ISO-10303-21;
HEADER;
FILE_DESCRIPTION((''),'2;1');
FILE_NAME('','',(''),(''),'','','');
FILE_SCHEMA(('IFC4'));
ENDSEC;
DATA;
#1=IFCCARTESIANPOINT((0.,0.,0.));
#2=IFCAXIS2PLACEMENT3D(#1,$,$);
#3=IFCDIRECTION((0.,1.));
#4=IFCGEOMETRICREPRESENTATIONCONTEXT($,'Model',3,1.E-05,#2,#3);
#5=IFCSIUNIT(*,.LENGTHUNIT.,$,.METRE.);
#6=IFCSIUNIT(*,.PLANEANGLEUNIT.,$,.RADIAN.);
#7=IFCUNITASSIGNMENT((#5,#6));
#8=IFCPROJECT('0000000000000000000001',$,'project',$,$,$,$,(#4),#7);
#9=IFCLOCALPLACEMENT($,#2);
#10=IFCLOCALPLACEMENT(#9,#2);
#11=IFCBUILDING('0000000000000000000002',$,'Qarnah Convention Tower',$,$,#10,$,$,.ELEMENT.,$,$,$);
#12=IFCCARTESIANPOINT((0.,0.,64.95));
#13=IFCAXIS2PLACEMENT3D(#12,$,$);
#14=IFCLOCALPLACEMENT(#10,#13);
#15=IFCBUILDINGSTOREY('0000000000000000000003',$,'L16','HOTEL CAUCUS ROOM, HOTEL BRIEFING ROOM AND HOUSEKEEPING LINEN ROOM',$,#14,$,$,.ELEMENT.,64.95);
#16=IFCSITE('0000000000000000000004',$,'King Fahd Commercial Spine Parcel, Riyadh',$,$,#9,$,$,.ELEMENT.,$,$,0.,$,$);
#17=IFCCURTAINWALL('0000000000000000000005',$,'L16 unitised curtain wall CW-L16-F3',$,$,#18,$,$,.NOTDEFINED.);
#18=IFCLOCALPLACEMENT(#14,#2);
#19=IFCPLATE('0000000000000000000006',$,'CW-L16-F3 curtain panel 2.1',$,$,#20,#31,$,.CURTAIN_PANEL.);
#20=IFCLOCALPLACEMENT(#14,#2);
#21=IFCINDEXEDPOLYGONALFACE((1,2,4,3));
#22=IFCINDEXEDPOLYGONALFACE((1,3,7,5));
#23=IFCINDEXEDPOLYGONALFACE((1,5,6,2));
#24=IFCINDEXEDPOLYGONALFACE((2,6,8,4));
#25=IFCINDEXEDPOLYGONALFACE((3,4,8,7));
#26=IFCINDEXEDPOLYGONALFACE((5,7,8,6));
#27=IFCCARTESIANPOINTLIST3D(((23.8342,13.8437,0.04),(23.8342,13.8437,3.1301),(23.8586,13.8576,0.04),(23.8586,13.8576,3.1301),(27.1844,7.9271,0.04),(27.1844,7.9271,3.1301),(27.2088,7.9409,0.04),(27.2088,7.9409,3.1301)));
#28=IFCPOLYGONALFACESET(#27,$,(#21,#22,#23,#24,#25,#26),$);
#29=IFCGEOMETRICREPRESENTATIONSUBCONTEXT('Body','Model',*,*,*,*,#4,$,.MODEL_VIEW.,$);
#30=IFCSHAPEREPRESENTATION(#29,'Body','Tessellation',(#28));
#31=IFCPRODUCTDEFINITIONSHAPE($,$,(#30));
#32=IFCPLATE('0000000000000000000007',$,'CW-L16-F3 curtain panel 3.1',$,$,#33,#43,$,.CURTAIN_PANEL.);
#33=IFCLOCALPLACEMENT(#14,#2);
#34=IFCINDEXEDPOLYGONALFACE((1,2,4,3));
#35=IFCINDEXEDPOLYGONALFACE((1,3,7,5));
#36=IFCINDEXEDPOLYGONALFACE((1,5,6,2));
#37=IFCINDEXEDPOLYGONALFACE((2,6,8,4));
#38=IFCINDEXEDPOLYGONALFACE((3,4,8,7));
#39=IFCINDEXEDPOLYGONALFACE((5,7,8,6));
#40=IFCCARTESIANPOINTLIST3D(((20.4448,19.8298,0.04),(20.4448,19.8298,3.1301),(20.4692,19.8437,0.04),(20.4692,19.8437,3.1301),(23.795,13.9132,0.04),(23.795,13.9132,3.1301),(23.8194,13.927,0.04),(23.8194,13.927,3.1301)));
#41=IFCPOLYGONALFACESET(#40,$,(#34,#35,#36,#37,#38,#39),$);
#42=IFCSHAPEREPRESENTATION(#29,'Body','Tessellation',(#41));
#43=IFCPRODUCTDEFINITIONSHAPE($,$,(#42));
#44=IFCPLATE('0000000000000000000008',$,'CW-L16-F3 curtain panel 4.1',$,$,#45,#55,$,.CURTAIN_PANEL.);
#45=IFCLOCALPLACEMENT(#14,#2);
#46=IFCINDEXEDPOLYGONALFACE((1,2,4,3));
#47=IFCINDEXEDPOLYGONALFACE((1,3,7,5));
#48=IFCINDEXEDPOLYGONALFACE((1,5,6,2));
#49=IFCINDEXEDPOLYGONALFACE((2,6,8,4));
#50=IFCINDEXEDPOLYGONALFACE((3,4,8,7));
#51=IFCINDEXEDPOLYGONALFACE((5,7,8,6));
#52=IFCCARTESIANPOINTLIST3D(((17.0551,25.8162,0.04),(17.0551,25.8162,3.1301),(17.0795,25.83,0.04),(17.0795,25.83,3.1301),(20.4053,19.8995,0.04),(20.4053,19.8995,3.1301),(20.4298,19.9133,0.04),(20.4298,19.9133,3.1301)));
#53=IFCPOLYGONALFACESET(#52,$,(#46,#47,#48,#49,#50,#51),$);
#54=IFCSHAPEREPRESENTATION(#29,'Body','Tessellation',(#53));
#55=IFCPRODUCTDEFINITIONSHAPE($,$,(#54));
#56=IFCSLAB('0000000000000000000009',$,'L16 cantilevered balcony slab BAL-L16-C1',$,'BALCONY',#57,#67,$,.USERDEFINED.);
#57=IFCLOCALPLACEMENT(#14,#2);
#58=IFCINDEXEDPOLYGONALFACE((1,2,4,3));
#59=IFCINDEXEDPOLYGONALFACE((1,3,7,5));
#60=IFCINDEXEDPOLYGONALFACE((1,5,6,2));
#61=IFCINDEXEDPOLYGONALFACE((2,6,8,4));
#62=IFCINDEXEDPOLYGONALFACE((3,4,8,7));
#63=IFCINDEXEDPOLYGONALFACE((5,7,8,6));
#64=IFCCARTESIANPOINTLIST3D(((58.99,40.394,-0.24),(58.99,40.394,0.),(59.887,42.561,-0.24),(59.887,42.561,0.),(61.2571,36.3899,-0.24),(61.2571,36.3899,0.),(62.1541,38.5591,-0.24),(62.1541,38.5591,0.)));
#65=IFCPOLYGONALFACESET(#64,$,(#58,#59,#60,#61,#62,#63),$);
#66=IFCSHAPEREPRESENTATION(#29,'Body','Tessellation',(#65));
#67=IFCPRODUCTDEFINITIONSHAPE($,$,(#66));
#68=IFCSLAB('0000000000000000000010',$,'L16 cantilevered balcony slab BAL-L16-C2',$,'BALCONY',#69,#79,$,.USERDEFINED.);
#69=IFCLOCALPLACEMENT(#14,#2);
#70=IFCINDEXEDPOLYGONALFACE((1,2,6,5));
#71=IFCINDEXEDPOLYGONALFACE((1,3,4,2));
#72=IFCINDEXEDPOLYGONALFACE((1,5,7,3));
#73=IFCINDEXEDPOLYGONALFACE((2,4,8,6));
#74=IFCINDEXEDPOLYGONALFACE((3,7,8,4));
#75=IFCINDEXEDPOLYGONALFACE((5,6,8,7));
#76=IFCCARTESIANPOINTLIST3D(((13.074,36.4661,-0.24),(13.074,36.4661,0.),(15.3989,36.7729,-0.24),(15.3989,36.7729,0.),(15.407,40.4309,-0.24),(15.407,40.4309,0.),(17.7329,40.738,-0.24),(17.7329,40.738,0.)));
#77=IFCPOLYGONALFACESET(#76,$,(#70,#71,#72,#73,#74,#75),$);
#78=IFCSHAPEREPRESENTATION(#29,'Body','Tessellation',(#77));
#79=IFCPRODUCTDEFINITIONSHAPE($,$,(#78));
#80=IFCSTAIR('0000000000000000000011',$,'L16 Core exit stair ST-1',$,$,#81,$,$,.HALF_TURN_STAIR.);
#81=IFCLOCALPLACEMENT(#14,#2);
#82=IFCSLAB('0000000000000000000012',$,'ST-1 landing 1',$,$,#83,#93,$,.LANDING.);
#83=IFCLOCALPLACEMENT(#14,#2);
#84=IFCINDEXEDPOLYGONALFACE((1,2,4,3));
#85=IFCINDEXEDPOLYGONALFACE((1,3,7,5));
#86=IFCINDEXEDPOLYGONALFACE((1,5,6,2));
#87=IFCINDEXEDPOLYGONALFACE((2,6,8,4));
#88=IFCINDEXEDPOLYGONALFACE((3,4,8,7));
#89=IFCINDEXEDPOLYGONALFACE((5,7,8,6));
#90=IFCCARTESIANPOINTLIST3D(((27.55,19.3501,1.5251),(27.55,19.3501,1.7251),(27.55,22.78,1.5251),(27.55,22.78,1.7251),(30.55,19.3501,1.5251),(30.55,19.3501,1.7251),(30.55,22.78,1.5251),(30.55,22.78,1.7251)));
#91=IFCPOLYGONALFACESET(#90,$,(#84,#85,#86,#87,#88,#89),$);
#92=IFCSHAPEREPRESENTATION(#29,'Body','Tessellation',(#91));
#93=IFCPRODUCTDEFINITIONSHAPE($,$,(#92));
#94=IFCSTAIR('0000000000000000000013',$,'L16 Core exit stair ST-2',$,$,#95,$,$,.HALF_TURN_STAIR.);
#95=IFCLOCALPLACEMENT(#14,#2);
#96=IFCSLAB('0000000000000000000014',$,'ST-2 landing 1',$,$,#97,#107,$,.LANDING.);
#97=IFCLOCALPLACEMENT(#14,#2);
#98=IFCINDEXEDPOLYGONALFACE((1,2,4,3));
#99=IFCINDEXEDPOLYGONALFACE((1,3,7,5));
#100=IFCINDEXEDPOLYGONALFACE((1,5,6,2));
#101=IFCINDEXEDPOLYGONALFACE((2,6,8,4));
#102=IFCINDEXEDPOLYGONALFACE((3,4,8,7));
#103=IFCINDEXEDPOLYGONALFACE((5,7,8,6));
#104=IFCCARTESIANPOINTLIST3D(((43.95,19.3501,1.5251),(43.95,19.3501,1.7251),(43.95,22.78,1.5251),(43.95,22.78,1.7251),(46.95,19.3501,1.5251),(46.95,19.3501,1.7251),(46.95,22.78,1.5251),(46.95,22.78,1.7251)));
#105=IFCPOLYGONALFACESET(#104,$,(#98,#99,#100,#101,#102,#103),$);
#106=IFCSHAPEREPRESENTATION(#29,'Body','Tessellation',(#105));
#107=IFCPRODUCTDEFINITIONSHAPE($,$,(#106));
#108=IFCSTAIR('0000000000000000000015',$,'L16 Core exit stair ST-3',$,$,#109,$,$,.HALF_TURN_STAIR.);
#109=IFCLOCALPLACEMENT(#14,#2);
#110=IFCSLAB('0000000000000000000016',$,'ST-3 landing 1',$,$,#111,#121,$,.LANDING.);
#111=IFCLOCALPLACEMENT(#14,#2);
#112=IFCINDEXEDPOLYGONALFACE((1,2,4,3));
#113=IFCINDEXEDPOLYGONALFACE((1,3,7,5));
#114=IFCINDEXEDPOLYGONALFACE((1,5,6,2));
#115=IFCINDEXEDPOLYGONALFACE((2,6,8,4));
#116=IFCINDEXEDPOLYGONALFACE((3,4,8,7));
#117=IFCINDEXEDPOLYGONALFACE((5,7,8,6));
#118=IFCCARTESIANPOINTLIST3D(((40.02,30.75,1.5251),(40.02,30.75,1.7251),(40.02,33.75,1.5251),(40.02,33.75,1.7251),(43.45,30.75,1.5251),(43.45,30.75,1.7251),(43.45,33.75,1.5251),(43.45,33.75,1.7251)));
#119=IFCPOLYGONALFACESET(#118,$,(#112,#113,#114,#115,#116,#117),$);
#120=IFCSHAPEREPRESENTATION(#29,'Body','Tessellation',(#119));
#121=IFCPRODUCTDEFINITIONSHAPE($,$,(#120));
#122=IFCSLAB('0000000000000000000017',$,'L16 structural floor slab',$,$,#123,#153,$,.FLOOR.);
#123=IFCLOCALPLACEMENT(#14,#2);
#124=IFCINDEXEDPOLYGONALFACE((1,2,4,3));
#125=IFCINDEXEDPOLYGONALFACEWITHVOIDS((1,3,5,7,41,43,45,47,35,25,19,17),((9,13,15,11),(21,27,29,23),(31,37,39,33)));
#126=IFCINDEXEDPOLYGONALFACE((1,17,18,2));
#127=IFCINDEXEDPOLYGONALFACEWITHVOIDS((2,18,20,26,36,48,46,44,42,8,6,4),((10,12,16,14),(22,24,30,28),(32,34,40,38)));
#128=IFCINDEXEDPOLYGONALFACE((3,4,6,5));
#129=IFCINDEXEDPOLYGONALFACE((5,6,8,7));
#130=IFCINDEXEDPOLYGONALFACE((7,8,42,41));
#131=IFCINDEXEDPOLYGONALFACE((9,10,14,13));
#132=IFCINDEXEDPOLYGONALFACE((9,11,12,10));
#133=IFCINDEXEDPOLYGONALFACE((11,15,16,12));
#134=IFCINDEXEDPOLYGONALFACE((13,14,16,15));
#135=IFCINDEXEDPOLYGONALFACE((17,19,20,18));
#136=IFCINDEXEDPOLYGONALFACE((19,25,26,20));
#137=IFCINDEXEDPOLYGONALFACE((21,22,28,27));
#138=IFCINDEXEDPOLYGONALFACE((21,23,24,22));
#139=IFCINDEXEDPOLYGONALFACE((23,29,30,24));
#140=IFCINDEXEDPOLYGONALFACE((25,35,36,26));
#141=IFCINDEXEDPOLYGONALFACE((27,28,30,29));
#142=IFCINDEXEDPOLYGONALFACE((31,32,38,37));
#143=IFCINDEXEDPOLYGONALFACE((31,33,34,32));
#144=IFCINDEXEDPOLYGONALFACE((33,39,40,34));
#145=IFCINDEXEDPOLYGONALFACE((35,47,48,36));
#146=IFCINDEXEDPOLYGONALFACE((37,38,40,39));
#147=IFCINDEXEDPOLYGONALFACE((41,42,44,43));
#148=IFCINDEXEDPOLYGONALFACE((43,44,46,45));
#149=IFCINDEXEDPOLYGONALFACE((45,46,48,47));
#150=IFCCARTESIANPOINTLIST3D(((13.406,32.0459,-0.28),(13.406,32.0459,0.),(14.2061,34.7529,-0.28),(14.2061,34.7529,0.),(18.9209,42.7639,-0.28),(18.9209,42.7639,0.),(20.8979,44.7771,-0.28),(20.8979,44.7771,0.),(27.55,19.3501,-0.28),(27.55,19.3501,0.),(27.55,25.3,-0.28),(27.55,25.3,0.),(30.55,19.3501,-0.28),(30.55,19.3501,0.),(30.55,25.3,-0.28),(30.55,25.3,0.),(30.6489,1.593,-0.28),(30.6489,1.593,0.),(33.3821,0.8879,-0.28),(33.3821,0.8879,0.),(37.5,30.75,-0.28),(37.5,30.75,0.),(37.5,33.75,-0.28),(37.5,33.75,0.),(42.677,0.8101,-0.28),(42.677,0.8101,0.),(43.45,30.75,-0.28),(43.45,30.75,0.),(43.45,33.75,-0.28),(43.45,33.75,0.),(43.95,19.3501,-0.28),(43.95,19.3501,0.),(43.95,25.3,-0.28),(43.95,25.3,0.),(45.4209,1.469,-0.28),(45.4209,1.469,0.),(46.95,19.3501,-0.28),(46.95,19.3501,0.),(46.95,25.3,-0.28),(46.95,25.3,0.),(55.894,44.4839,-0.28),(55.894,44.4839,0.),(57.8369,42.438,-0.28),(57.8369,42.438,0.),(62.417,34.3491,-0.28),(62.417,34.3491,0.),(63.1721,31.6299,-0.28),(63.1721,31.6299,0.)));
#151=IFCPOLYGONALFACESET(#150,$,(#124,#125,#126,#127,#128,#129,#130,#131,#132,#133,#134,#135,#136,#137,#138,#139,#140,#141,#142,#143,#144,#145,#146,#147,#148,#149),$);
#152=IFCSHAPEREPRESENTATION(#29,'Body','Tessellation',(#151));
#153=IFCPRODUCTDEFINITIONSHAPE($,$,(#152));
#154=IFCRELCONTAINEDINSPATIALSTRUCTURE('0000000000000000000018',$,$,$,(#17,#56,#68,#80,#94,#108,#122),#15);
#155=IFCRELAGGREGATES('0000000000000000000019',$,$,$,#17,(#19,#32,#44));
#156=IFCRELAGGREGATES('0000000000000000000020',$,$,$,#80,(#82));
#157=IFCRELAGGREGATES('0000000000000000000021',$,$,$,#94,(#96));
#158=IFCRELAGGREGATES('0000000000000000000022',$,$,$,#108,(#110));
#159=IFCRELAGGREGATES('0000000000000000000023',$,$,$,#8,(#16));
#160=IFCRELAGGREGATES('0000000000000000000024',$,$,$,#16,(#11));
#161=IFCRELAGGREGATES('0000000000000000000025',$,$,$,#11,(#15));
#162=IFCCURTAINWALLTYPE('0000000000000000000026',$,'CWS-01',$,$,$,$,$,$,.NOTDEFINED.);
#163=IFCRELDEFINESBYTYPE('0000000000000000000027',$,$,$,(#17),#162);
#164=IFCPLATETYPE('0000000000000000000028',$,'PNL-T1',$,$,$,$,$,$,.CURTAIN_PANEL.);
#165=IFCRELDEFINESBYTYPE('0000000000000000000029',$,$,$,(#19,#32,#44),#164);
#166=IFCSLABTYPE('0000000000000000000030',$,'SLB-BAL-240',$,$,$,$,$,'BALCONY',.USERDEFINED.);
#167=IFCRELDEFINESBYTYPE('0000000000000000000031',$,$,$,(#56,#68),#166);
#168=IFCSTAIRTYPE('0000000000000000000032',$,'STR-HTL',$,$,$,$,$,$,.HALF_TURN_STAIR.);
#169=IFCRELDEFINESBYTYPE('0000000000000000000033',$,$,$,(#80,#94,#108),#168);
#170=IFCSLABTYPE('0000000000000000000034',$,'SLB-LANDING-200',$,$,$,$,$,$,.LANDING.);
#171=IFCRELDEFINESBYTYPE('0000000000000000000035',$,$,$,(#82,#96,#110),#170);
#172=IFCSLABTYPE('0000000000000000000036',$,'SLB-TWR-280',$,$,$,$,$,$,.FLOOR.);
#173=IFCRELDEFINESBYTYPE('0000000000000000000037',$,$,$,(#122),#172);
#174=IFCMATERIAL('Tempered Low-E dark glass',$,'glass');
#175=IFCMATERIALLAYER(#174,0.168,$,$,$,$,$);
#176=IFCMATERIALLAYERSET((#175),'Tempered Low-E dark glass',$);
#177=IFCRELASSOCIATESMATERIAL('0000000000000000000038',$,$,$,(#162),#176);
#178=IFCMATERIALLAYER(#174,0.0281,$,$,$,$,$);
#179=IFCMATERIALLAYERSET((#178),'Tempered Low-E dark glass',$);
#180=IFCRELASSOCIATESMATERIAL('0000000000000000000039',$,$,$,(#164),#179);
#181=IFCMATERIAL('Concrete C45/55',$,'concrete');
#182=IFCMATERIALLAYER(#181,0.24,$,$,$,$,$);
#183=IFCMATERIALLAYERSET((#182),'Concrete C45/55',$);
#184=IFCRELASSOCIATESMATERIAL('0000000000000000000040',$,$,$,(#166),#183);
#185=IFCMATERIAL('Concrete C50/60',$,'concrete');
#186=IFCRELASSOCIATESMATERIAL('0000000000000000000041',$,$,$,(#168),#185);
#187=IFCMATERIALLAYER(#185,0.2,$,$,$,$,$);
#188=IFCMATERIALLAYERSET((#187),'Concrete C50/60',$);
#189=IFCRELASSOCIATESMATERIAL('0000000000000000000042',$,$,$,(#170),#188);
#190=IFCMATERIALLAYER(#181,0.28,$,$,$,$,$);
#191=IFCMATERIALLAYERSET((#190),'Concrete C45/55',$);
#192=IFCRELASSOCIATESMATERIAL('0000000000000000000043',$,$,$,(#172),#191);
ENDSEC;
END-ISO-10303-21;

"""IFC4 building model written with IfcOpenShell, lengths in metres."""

from ifc_helpers import new_model, si_unit, direction, frame, origin, origin_2d, place, context, subcontext, project, spatial, polyline, rectangle, outline, extrude, material, layer, layer_set, type_object, element, aggregate, save


model = new_model("IFC4")

# Units and contexts
model_context = context("Model", 3, precision=1e-05, world=origin(), true_north=direction((0.0, 1.0)))
body_context = subcontext(model_context, "Body", "Model", "MODEL_VIEW")
ifc_project = project(units=[si_unit("LENGTHUNIT", "METRE"), si_unit("PLANEANGLEUNIT", "RADIAN")], contexts=[model_context])

# Site, building, storey
site_placement = place(None, origin())
site = spatial("IfcSite", under=ifc_project, at=site_placement, Name="King Fahd Commercial Spine Parcel, Riyadh", CompositionType="ELEMENT", RefElevation=0.0)
building_placement = place(site_placement, origin())
building = spatial("IfcBuilding", under=site, at=building_placement, Name="Qarnah Convention Tower", CompositionType="ELEMENT")
storey_placement = place(building_placement, frame((0.0, 0.0, 64.95)))
storey = spatial("IfcBuildingStorey", under=building, at=storey_placement, Name="L16", Description="HOTEL CAUCUS ROOM, HOTEL BRIEFING ROOM AND HOUSEKEEPING LINEN ROOM", CompositionType="ELEMENT", Elevation=64.95)

# Curtain wall, plates
ifc_material_1 = material(Name="Tempered Low-E dark glass", Category="glass")
ifc_layer_1 = layer(ifc_material_1, 0.168)
ifc_layer_set_1 = layer_set([ifc_layer_1], Name="Tempered Low-E dark glass")
curtain_wall_type = type_object("IfcCurtainWallType", Name="CWS-01", PredefinedType="NOTDEFINED", material=ifc_layer_set_1)
curtain_wall_placement = place(storey_placement, origin())
curtain_wall = element("IfcCurtainWall", 1, at=curtain_wall_placement, inside=storey, type_object=curtain_wall_type, Name="L16 unitised curtain wall CW-L16-F3", PredefinedType="NOTDEFINED")
ifc_layer_2 = layer(ifc_material_1, 0.0281)
ifc_layer_set_2 = layer_set([ifc_layer_2], Name="Tempered Low-E dark glass")
plate_type = type_object("IfcPlateType", Name="PNL-T1", PredefinedType="CURTAIN_PANEL", material=ifc_layer_set_2)
plate_1_placement = place(storey_placement, frame((25.5215, 10.8923, 0.04), z_axis=(0.0, 0.0, 1.0), x_axis=(-0.492729, 0.870183, 0.0)))
plate_1 = element("IfcPlate", 2, at=plate_1_placement, type_object=plate_type, Name="CW-L16-F3 curtain panel 2.1", PredefinedType="CURTAIN_PANEL", context=body_context, shape_type="SweptSolid", body=[
    extrude(rectangle(XDim=6.7993, YDim=0.0281, at=origin_2d()), origin(), (0.0, 0.0, 1.0), 3.0901),
])
plate_2_placement = place(storey_placement, frame((22.1321, 16.8784, 0.04), z_axis=(0.0, 0.0, 1.0), x_axis=(-0.492729, 0.870183, 0.0)))
plate_2 = element("IfcPlate", 3, at=plate_2_placement, type_object=plate_type, Name="CW-L16-F3 curtain panel 3.1", PredefinedType="CURTAIN_PANEL", context=body_context, shape_type="SweptSolid", body=[
    extrude(rectangle(XDim=6.7993, YDim=0.0281, at=origin_2d()), origin(), (0.0, 0.0, 1.0), 3.0901),
])
plate_3_placement = place(storey_placement, frame((18.7424, 22.8647, 0.04), z_axis=(0.0, 0.0, 1.0), x_axis=(-0.492729, 0.870183, 0.0)))
plate_3 = element("IfcPlate", 4, at=plate_3_placement, type_object=plate_type, Name="CW-L16-F3 curtain panel 4.1", PredefinedType="CURTAIN_PANEL", context=body_context, shape_type="SweptSolid", body=[
    extrude(rectangle(XDim=6.7993, YDim=0.0281, at=origin_2d()), origin(), (0.0, 0.0, 1.0), 3.0901),
])
aggregate(curtain_wall, [plate_1, plate_2, plate_3])

# Slabs
ifc_material_2 = material(Name="Concrete C45/55", Category="concrete")
ifc_layer_3 = layer(ifc_material_2, 0.24)
ifc_layer_set_3 = layer_set([ifc_layer_3], Name="Concrete C45/55")
slab_type_1 = type_object("IfcSlabType", Name="SLB-BAL-240", ElementType="BALCONY", PredefinedType="USERDEFINED", material=ifc_layer_set_3)
slab_1_placement = place(storey_placement, frame((0.0, 0.0, -0.24)))
element("IfcSlab", 5, at=slab_1_placement, inside=storey, type_object=slab_type_1, Name="L16 cantilevered balcony slab BAL-L16-C1", ObjectType="BALCONY", PredefinedType="USERDEFINED", context=body_context, shape_type="SweptSolid", body=[
    extrude(outline(polyline([(59.887, 42.561), (62.1541, 38.5591), (61.2571, 36.3899), (58.99, 40.394), (59.887, 42.561)])), origin(), (0.0, 0.0, 1.0), 0.24),
])
slab_2_placement = place(storey_placement, frame((0.0, 0.0, -0.24)))
element("IfcSlab", 6, at=slab_2_placement, inside=storey, type_object=slab_type_1, Name="L16 cantilevered balcony slab BAL-L16-C2", ObjectType="BALCONY", PredefinedType="USERDEFINED", context=body_context, shape_type="SweptSolid", body=[
    extrude(outline(polyline([(13.074, 36.4661), (15.407, 40.4309), (17.7329, 40.738), (15.3989, 36.7729), (13.074, 36.4661)])), origin(), (0.0, 0.0, 1.0), 0.24),
])

# Stairs, slabs
ifc_material_3 = material(Name="Concrete C50/60", Category="concrete")
stair_type = type_object("IfcStairType", Name="STR-HTL", PredefinedType="HALF_TURN_STAIR", material=ifc_material_3)
stair_1_placement = place(storey_placement, origin())
stair_1 = element("IfcStair", 7, at=stair_1_placement, inside=storey, type_object=stair_type, Name="L16 Core exit stair ST-1", PredefinedType="HALF_TURN_STAIR")
ifc_layer_4 = layer(ifc_material_3, 0.2)
ifc_layer_set_4 = layer_set([ifc_layer_4], Name="Concrete C50/60")
slab_type_2 = type_object("IfcSlabType", Name="SLB-LANDING-200", PredefinedType="LANDING", material=ifc_layer_set_4)
slab_3_placement = place(storey_placement, frame((0.0, 0.0, 1.5251)))
slab_3 = element("IfcSlab", 8, at=slab_3_placement, type_object=slab_type_2, Name="ST-1 landing 1", PredefinedType="LANDING", context=body_context, shape_type="SweptSolid", body=[
    extrude(outline(polyline([(27.55, 22.78), (27.55, 19.3501), (30.55, 19.3501), (30.55, 22.78), (27.55, 22.78)])), origin(), (0.0, 0.0, 1.0), 0.2),
])
aggregate(stair_1, [slab_3])
stair_2_placement = place(storey_placement, origin())
stair_2 = element("IfcStair", 9, at=stair_2_placement, inside=storey, type_object=stair_type, Name="L16 Core exit stair ST-2", PredefinedType="HALF_TURN_STAIR")
slab_4_placement = place(storey_placement, frame((0.0, 0.0, 1.5251)))
slab_4 = element("IfcSlab", 10, at=slab_4_placement, type_object=slab_type_2, Name="ST-2 landing 1", PredefinedType="LANDING", context=body_context, shape_type="SweptSolid", body=[
    extrude(outline(polyline([(43.95, 22.78), (43.95, 19.3501), (46.95, 19.3501), (46.95, 22.78), (43.95, 22.78)])), origin(), (0.0, 0.0, 1.0), 0.2),
])
aggregate(stair_2, [slab_4])
stair_3_placement = place(storey_placement, origin())
stair_3 = element("IfcStair", 11, at=stair_3_placement, inside=storey, type_object=stair_type, Name="L16 Core exit stair ST-3", PredefinedType="HALF_TURN_STAIR")
slab_5_placement = place(storey_placement, frame((0.0, 0.0, 1.5251)))
slab_5 = element("IfcSlab", 12, at=slab_5_placement, type_object=slab_type_2, Name="ST-3 landing 1", PredefinedType="LANDING", context=body_context, shape_type="SweptSolid", body=[
    extrude(outline(polyline([(40.02, 30.75), (43.45, 30.75), (43.45, 33.75), (40.02, 33.75), (40.02, 30.75)])), origin(), (0.0, 0.0, 1.0), 0.2),
])
aggregate(stair_3, [slab_5])

# Slab
ifc_layer_5 = layer(ifc_material_2, 0.28)
ifc_layer_set_5 = layer_set([ifc_layer_5], Name="Concrete C45/55")
slab_type_3 = type_object("IfcSlabType", Name="SLB-TWR-280", PredefinedType="FLOOR", material=ifc_layer_set_5)
slab_6_placement = place(storey_placement, frame((0.0, 0.0, -0.28)))
element("IfcSlab", 13, at=slab_6_placement, inside=storey, type_object=slab_type_3, Name="L16 structural floor slab", PredefinedType="FLOOR", context=body_context, shape_type="SweptSolid", body=[
    extrude(outline(polyline([(55.894, 44.4839), (20.8979, 44.7771), (18.9209, 42.7639), (14.2061, 34.7529), (13.406, 32.0459), (30.6489, 1.593), (33.3821, 0.8879), (42.677, 0.8101), (45.4209, 1.469), (63.1721, 31.6299), (62.417, 34.3491), (57.8369, 42.438), (55.894, 44.4839)]), holes=[polyline([(27.55, 25.3), (27.55, 19.3501), (30.55, 19.3501), (30.55, 25.3), (27.55, 25.3)]), polyline([(43.95, 25.3), (43.95, 19.3501), (46.95, 19.3501), (46.95, 25.3), (43.95, 25.3)]), polyline([(37.5, 30.75), (43.45, 30.75), (43.45, 33.75), (37.5, 33.75), (37.5, 30.75)])]), origin(), (0.0, 0.0, 1.0), 0.28),
])

save(model, "model.ifc")
